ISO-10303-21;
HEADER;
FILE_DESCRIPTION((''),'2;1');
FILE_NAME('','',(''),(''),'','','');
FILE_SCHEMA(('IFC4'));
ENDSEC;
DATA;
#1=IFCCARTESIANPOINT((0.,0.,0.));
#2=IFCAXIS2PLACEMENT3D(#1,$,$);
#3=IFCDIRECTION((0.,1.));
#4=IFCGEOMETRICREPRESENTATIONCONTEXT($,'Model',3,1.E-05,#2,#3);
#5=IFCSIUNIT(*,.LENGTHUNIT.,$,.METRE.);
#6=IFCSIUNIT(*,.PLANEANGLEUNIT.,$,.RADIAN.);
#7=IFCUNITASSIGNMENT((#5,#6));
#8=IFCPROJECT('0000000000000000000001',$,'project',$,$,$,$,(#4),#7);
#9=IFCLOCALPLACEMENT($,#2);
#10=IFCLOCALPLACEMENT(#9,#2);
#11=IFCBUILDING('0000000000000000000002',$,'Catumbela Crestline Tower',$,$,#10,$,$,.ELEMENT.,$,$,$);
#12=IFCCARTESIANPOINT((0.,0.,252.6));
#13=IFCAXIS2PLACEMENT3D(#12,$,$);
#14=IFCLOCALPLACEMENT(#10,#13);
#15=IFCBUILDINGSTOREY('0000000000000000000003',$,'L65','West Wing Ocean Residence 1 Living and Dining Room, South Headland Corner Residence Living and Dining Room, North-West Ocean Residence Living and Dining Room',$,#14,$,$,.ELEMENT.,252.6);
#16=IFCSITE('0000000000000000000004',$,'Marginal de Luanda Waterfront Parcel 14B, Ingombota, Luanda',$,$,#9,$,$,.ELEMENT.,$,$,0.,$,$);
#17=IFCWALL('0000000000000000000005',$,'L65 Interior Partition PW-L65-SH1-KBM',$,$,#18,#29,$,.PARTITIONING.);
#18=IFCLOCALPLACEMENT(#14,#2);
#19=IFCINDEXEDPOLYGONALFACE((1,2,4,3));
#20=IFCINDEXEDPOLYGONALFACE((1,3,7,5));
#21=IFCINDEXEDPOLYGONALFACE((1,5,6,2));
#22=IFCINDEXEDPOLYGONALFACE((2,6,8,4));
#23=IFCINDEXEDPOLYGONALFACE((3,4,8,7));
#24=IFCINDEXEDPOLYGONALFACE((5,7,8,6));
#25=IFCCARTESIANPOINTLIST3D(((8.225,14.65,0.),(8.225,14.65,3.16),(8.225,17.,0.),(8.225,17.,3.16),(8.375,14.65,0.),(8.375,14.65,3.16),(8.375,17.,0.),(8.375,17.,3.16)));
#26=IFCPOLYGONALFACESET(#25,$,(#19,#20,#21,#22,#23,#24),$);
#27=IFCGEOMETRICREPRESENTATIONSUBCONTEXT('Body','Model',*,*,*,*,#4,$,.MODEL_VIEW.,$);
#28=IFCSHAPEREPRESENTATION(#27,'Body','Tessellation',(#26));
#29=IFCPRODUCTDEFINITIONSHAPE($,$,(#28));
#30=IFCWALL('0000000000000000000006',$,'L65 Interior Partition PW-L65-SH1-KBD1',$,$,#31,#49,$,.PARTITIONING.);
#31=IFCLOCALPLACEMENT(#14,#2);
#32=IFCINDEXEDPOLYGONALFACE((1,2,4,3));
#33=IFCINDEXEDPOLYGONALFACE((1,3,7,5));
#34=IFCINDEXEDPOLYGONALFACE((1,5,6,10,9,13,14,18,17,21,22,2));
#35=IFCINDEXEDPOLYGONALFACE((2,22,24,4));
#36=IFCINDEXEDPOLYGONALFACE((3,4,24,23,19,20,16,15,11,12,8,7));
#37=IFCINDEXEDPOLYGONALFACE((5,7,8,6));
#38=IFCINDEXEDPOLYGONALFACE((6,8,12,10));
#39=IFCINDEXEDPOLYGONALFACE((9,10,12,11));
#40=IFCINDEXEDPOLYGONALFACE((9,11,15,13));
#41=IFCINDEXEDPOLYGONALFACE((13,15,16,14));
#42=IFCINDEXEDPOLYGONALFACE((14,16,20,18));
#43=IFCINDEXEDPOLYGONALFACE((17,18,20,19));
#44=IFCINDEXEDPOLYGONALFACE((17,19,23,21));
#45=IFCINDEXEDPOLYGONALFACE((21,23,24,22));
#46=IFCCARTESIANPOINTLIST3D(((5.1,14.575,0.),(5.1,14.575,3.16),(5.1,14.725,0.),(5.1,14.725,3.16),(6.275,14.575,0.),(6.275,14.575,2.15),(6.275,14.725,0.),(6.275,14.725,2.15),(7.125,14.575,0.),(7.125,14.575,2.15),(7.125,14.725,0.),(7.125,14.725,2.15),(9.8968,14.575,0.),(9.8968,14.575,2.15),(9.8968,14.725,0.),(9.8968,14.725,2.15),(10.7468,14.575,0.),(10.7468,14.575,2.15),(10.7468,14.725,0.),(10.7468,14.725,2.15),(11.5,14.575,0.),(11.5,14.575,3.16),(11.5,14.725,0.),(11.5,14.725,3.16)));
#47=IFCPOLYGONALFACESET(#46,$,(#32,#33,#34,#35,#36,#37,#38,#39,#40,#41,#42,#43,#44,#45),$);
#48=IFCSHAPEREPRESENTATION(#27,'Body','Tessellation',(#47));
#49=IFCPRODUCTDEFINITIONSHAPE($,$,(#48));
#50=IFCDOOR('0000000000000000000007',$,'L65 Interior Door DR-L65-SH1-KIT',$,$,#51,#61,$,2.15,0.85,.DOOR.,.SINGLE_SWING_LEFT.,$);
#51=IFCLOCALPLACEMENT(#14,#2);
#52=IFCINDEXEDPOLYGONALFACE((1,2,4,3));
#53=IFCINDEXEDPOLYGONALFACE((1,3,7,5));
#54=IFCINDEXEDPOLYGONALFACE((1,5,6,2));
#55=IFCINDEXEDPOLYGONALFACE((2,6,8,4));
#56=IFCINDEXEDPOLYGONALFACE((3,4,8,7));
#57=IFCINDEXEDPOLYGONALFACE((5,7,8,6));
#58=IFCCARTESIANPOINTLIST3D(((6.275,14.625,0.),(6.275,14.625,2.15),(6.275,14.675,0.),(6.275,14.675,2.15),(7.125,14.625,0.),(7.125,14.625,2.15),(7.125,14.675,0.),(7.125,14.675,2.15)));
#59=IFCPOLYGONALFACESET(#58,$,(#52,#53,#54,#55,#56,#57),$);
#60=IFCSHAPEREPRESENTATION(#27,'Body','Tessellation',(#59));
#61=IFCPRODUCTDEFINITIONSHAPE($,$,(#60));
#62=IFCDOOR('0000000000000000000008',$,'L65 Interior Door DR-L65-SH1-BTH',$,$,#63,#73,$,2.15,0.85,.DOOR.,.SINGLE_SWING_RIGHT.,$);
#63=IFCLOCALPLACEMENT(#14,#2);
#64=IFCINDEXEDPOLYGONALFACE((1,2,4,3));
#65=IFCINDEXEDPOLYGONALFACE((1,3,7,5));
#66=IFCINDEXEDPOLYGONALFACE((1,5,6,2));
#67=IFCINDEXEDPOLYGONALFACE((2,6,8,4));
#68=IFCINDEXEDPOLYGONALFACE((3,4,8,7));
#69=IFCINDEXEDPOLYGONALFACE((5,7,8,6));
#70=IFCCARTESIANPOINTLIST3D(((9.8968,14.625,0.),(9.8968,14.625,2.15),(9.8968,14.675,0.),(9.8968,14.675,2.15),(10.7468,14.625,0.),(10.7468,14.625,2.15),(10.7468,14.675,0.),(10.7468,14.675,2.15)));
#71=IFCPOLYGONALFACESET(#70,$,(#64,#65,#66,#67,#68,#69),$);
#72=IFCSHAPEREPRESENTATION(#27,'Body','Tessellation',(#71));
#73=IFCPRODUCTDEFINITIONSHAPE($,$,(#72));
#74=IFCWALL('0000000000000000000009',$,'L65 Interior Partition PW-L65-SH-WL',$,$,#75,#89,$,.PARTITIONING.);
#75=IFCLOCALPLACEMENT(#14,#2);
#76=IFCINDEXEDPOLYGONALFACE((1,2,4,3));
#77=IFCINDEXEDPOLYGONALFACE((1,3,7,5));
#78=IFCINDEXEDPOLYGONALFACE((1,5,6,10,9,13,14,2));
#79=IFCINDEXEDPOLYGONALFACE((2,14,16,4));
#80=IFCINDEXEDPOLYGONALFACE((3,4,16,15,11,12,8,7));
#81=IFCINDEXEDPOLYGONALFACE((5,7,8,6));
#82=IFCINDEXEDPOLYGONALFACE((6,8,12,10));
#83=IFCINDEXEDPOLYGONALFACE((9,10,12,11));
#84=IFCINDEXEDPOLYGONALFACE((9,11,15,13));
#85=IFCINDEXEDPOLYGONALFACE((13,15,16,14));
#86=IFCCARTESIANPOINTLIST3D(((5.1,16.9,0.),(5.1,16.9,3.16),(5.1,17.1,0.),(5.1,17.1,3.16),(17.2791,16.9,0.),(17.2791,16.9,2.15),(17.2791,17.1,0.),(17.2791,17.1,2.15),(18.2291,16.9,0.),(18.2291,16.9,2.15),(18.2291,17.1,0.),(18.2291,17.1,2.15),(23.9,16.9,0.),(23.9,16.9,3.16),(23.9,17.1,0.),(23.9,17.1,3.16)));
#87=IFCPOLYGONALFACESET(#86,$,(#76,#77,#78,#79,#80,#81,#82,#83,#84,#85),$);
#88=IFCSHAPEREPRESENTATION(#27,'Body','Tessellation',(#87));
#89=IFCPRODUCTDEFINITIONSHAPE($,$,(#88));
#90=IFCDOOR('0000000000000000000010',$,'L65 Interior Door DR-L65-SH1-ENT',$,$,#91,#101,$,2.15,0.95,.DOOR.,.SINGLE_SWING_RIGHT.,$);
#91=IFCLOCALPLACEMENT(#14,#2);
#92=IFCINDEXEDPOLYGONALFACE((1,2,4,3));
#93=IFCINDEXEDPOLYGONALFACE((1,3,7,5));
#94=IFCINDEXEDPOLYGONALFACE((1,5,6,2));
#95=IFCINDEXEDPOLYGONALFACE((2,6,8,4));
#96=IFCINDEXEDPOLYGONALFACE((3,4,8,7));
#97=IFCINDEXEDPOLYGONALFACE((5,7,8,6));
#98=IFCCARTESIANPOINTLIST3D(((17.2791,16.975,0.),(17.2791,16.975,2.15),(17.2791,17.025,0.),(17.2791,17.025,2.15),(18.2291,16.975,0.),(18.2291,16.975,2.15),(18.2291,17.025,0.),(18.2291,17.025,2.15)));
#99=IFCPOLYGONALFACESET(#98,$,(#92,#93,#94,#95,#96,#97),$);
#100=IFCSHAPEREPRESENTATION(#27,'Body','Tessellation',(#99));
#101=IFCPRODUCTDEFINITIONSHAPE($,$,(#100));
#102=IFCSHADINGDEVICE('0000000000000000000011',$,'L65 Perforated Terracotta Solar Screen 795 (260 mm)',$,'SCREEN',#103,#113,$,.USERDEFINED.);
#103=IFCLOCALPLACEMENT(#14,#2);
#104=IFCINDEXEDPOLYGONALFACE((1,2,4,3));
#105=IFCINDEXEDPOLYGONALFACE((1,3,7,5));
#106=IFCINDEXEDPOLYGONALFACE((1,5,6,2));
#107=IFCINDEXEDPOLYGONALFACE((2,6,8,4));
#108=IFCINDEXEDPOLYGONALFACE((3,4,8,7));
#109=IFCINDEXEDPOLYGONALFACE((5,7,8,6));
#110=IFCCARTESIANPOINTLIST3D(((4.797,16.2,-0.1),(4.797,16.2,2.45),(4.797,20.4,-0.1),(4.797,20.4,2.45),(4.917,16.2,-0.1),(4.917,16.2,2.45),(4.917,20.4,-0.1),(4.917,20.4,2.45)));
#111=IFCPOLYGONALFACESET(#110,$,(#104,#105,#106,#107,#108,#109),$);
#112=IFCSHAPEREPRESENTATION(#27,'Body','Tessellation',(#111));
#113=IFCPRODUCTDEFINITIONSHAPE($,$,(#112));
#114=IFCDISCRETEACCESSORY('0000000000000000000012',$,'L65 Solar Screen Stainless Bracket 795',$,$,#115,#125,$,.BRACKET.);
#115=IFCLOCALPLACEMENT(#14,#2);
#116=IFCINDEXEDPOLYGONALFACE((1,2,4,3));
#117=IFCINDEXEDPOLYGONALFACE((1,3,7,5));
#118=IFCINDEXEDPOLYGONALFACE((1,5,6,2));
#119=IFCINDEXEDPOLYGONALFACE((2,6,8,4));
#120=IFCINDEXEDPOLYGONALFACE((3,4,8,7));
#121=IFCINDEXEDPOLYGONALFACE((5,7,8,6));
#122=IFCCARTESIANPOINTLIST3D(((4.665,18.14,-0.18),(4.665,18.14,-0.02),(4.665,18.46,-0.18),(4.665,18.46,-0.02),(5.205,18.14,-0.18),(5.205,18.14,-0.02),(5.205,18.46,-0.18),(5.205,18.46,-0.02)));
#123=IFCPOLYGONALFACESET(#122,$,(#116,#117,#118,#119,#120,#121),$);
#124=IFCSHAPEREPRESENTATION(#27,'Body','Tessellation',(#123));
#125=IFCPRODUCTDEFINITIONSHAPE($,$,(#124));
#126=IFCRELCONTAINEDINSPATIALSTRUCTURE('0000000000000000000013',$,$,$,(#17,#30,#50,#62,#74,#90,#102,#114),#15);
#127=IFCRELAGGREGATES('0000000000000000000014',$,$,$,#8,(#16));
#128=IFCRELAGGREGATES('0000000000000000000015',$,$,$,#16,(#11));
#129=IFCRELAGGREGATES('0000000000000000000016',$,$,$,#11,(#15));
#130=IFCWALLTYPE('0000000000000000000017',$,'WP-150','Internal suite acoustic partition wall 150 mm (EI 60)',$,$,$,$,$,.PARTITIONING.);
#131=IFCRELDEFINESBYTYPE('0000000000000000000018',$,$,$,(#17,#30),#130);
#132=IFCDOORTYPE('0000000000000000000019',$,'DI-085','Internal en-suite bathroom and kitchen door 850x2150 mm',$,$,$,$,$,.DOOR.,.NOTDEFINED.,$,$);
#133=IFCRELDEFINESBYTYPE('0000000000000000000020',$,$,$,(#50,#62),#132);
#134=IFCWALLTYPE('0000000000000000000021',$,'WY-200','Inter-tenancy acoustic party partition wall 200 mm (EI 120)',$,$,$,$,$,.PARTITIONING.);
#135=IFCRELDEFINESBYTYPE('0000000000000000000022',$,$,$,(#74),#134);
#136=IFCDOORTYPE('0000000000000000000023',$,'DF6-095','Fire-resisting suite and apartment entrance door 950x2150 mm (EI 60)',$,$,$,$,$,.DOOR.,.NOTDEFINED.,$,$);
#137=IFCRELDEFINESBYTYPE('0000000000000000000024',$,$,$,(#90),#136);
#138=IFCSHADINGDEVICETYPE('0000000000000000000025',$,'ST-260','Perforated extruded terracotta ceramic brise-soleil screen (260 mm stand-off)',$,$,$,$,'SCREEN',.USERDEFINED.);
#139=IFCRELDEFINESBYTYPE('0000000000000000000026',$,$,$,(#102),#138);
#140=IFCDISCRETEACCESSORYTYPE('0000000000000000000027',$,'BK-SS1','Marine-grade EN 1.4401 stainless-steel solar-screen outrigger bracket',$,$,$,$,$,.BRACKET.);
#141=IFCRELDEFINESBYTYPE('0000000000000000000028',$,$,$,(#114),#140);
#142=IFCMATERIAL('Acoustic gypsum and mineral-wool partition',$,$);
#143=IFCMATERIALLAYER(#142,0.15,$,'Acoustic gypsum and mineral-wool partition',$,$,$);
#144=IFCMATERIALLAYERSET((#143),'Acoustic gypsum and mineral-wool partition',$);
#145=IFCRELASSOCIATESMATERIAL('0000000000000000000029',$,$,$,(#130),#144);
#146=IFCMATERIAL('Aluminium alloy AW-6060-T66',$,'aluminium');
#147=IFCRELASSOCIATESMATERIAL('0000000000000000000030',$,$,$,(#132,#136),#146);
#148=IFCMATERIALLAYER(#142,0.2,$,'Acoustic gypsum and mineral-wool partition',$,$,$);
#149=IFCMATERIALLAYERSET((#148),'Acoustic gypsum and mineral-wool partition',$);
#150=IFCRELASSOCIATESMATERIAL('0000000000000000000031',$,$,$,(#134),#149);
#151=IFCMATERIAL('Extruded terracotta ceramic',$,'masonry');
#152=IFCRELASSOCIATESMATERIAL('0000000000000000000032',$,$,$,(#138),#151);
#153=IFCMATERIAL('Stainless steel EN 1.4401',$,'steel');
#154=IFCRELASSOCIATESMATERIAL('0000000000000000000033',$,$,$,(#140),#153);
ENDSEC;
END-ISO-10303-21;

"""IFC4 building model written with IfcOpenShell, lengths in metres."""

from ifc_helpers import new_model, si_unit, direction, frame, frame_2d, origin, origin_2d, place, context, subcontext, project, spatial, rectangle, extrude, material, layer, layer_set, type_object, element, fill, save


model = new_model("IFC4")

# Units and contexts
model_context = context("Model", 3, precision=1e-05, world=origin(), true_north=direction((0.0, 1.0)))
body_context = subcontext(model_context, "Body", "Model", "MODEL_VIEW")
ifc_project = project(units=[si_unit("LENGTHUNIT", "METRE"), si_unit("PLANEANGLEUNIT", "RADIAN")], contexts=[model_context])

# Site, building, storey
site_placement = place(None, origin())
site = spatial("IfcSite", under=ifc_project, at=site_placement, Name="Marginal de Luanda Waterfront Parcel 14B, Ingombota, Luanda", CompositionType="ELEMENT", RefElevation=0.0)
building_placement = place(site_placement, origin())
building = spatial("IfcBuilding", under=site, at=building_placement, Name="Catumbela Crestline Tower", CompositionType="ELEMENT")
storey_placement = place(building_placement, frame((0.0, 0.0, 252.6)))
storey = spatial("IfcBuildingStorey", under=building, at=storey_placement, Name="L65", Description="West Wing Ocean Residence 1 Living and Dining Room, South Headland Corner Residence Living and Dining Room, North-West Ocean Residence Living and Dining Room", CompositionType="ELEMENT", Elevation=252.6)

# Shared definitions
ifc_material_1 = material(Name="Aluminium alloy AW-6060-T66", Category="aluminium")

# Wall
ifc_material_2 = material(Name="Acoustic gypsum and mineral-wool partition")
ifc_layer_1 = layer(ifc_material_2, 0.15, Name="Acoustic gypsum and mineral-wool partition")
ifc_layer_set_1 = layer_set([ifc_layer_1], Name="Acoustic gypsum and mineral-wool partition")
wall_type_1 = type_object("IfcWallType", Name="WP-150", Description="Internal suite acoustic partition wall 150 mm (EI 60)", PredefinedType="PARTITIONING", material=ifc_layer_set_1)
wall_1_placement = place(storey_placement, frame((8.3, 14.65, 0.0), z_axis=(0.0, 0.0, 1.0), x_axis=(0.0, 1.0, 0.0)))
element("IfcWall", 1, at=wall_1_placement, inside=storey, type_object=wall_type_1, Name="L65 Interior Partition PW-L65-SH1-KBM", PredefinedType="PARTITIONING", context=body_context, shape_type="SweptSolid", body=[
    extrude(rectangle(XDim=2.35, YDim=0.15, at=frame_2d((1.175, 0.0))), origin(), (0.0, 0.0, 1.0), 3.16),
])

# Wall, openings, doors
wall_2_placement = place(storey_placement, frame((5.1, 14.65, 0.0), z_axis=(0.0, 0.0, 1.0), x_axis=(1.0, 0.0, 0.0)))
wall_2 = element("IfcWall", 2, at=wall_2_placement, inside=storey, type_object=wall_type_1, Name="L65 Interior Partition PW-L65-SH1-KBD1", PredefinedType="PARTITIONING", context=body_context, shape_type="SweptSolid", body=[
    extrude(rectangle(XDim=6.4, YDim=0.15, at=frame_2d((3.2, 0.0))), origin(), (0.0, 0.0, 1.0), 3.16),
])
opening_1_placement = place(wall_2_placement, frame((1.175, 0.0, 0.0)))
opening_1 = element("IfcOpeningElement", 3, at=opening_1_placement, cuts=wall_2, PredefinedType="OPENING", context=body_context, shape_type="SweptSolid", body=[
    extrude(rectangle(XDim=0.85, YDim=2.15, at=frame_2d((0.425, 1.075))), frame((0.0, 0.085, 0.0), z_axis=(0.0, -1.0, 0.0), x_axis=(1.0, 0.0, 0.0)), (0.0, 0.0, 1.0), 0.17),
])
opening_2_placement = place(wall_2_placement, frame((4.7968, 0.0, 0.0)))
opening_2 = element("IfcOpeningElement", 4, at=opening_2_placement, cuts=wall_2, PredefinedType="OPENING", context=body_context, shape_type="SweptSolid", body=[
    extrude(rectangle(XDim=0.85, YDim=2.15, at=frame_2d((0.425, 1.075))), frame((0.0, 0.085, 0.0), z_axis=(0.0, -1.0, 0.0), x_axis=(1.0, 0.0, 0.0)), (0.0, 0.0, 1.0), 0.17),
])
door_type_1 = type_object("IfcDoorType", Name="DI-085", Description="Internal en-suite bathroom and kitchen door 850x2150 mm", OperationType="NOTDEFINED", PredefinedType="DOOR", material=ifc_material_1)
door_1_placement = place(opening_1_placement, origin())
door_1 = element("IfcDoor", 5, at=door_1_placement, inside=storey, type_object=door_type_1, Name="L65 Interior Door DR-L65-SH1-KIT", OperationType="SINGLE_SWING_LEFT", OverallHeight=2.15, OverallWidth=0.85, PredefinedType="DOOR", context=body_context, shape_type="SweptSolid", body=[
    extrude(rectangle(XDim=0.85, YDim=2.15, at=frame_2d((0.425, 1.075))), frame((0.0, 0.025, 0.0), z_axis=(0.0, -1.0, 0.0), x_axis=(1.0, 0.0, 0.0)), (0.0, 0.0, 1.0), 0.05),
])
fill(opening_1, door_1)
door_2_placement = place(opening_2_placement, origin())
door_2 = element("IfcDoor", 6, at=door_2_placement, inside=storey, type_object=door_type_1, Name="L65 Interior Door DR-L65-SH1-BTH", OperationType="SINGLE_SWING_RIGHT", OverallHeight=2.15, OverallWidth=0.85, PredefinedType="DOOR", context=body_context, shape_type="SweptSolid", body=[
    extrude(rectangle(XDim=0.85, YDim=2.15, at=frame_2d((0.425, 1.075))), frame((0.0, 0.025, 0.0), z_axis=(0.0, -1.0, 0.0), x_axis=(1.0, 0.0, 0.0)), (0.0, 0.0, 1.0), 0.05),
])
fill(opening_2, door_2)

# Wall, opening, door
ifc_layer_2 = layer(ifc_material_2, 0.2, Name="Acoustic gypsum and mineral-wool partition")
ifc_layer_set_2 = layer_set([ifc_layer_2], Name="Acoustic gypsum and mineral-wool partition")
wall_type_2 = type_object("IfcWallType", Name="WY-200", Description="Inter-tenancy acoustic party partition wall 200 mm (EI 120)", PredefinedType="PARTITIONING", material=ifc_layer_set_2)
wall_3_placement = place(storey_placement, frame((5.1, 17.0, 0.0), z_axis=(0.0, 0.0, 1.0), x_axis=(1.0, 0.0, 0.0)))
wall_3 = element("IfcWall", 7, at=wall_3_placement, inside=storey, type_object=wall_type_2, Name="L65 Interior Partition PW-L65-SH-WL", PredefinedType="PARTITIONING", context=body_context, shape_type="SweptSolid", body=[
    extrude(rectangle(XDim=18.8, YDim=0.2, at=frame_2d((9.4, 0.0))), origin(), (0.0, 0.0, 1.0), 3.16),
])
opening_3_placement = place(wall_3_placement, frame((12.1791, 0.0, 0.0)))
opening_3 = element("IfcOpeningElement", 8, at=opening_3_placement, cuts=wall_3, PredefinedType="OPENING", context=body_context, shape_type="SweptSolid", body=[
    extrude(rectangle(XDim=0.95, YDim=2.15, at=frame_2d((0.475, 1.075))), frame((0.0, 0.11, 0.0), z_axis=(0.0, -1.0, 0.0), x_axis=(1.0, 0.0, 0.0)), (0.0, 0.0, 1.0), 0.22),
])
door_type_2 = type_object("IfcDoorType", Name="DF6-095", Description="Fire-resisting suite and apartment entrance door 950x2150 mm (EI 60)", OperationType="NOTDEFINED", PredefinedType="DOOR", material=ifc_material_1)
door_3_placement = place(opening_3_placement, origin())
door_3 = element("IfcDoor", 9, at=door_3_placement, inside=storey, type_object=door_type_2, Name="L65 Interior Door DR-L65-SH1-ENT", OperationType="SINGLE_SWING_RIGHT", OverallHeight=2.15, OverallWidth=0.95, PredefinedType="DOOR", context=body_context, shape_type="SweptSolid", body=[
    extrude(rectangle(XDim=0.95, YDim=2.15, at=frame_2d((0.475, 1.075))), frame((0.0, 0.025, 0.0), z_axis=(0.0, -1.0, 0.0), x_axis=(1.0, 0.0, 0.0)), (0.0, 0.0, 1.0), 0.05),
])
fill(opening_3, door_3)

# Shading device
ifc_material_3 = material(Name="Extruded terracotta ceramic", Category="masonry")
shading_device_type = type_object("IfcShadingDeviceType", Name="ST-260", Description="Perforated extruded terracotta ceramic brise-soleil screen (260 mm stand-off)", ElementType="SCREEN", PredefinedType="USERDEFINED", material=ifc_material_3)
shading_device_placement = place(storey_placement, frame((4.857, 18.3, -0.1), z_axis=(0.0, 0.0, 1.0), x_axis=(0.0, -1.0, 0.0)))
element("IfcShadingDevice", 10, at=shading_device_placement, inside=storey, type_object=shading_device_type, Name="L65 Perforated Terracotta Solar Screen 795 (260 mm)", ObjectType="SCREEN", PredefinedType="USERDEFINED", context=body_context, shape_type="SweptSolid", body=[
    extrude(rectangle(XDim=4.2, YDim=0.12, at=origin_2d()), origin(), (0.0, 0.0, 1.0), 2.55),
])

# Discrete accessory
ifc_material_4 = material(Name="Stainless steel EN 1.4401", Category="steel")
discrete_accessory_type = type_object("IfcDiscreteAccessoryType", Name="BK-SS1", Description="Marine-grade EN 1.4401 stainless-steel solar-screen outrigger bracket", PredefinedType="BRACKET", material=ifc_material_4)
discrete_accessory_placement = place(storey_placement, frame((4.935, 18.3, -0.18), z_axis=(0.0, 0.0, 1.0), x_axis=(0.0, -1.0, 0.0)))
element("IfcDiscreteAccessory", 11, at=discrete_accessory_placement, inside=storey, type_object=discrete_accessory_type, Name="L65 Solar Screen Stainless Bracket 795", PredefinedType="BRACKET", context=body_context, shape_type="SweptSolid", body=[
    extrude(rectangle(XDim=0.32, YDim=0.54, at=origin_2d()), origin(), (0.0, 0.0, 1.0), 0.16),
])

save(model, "model.ifc")
